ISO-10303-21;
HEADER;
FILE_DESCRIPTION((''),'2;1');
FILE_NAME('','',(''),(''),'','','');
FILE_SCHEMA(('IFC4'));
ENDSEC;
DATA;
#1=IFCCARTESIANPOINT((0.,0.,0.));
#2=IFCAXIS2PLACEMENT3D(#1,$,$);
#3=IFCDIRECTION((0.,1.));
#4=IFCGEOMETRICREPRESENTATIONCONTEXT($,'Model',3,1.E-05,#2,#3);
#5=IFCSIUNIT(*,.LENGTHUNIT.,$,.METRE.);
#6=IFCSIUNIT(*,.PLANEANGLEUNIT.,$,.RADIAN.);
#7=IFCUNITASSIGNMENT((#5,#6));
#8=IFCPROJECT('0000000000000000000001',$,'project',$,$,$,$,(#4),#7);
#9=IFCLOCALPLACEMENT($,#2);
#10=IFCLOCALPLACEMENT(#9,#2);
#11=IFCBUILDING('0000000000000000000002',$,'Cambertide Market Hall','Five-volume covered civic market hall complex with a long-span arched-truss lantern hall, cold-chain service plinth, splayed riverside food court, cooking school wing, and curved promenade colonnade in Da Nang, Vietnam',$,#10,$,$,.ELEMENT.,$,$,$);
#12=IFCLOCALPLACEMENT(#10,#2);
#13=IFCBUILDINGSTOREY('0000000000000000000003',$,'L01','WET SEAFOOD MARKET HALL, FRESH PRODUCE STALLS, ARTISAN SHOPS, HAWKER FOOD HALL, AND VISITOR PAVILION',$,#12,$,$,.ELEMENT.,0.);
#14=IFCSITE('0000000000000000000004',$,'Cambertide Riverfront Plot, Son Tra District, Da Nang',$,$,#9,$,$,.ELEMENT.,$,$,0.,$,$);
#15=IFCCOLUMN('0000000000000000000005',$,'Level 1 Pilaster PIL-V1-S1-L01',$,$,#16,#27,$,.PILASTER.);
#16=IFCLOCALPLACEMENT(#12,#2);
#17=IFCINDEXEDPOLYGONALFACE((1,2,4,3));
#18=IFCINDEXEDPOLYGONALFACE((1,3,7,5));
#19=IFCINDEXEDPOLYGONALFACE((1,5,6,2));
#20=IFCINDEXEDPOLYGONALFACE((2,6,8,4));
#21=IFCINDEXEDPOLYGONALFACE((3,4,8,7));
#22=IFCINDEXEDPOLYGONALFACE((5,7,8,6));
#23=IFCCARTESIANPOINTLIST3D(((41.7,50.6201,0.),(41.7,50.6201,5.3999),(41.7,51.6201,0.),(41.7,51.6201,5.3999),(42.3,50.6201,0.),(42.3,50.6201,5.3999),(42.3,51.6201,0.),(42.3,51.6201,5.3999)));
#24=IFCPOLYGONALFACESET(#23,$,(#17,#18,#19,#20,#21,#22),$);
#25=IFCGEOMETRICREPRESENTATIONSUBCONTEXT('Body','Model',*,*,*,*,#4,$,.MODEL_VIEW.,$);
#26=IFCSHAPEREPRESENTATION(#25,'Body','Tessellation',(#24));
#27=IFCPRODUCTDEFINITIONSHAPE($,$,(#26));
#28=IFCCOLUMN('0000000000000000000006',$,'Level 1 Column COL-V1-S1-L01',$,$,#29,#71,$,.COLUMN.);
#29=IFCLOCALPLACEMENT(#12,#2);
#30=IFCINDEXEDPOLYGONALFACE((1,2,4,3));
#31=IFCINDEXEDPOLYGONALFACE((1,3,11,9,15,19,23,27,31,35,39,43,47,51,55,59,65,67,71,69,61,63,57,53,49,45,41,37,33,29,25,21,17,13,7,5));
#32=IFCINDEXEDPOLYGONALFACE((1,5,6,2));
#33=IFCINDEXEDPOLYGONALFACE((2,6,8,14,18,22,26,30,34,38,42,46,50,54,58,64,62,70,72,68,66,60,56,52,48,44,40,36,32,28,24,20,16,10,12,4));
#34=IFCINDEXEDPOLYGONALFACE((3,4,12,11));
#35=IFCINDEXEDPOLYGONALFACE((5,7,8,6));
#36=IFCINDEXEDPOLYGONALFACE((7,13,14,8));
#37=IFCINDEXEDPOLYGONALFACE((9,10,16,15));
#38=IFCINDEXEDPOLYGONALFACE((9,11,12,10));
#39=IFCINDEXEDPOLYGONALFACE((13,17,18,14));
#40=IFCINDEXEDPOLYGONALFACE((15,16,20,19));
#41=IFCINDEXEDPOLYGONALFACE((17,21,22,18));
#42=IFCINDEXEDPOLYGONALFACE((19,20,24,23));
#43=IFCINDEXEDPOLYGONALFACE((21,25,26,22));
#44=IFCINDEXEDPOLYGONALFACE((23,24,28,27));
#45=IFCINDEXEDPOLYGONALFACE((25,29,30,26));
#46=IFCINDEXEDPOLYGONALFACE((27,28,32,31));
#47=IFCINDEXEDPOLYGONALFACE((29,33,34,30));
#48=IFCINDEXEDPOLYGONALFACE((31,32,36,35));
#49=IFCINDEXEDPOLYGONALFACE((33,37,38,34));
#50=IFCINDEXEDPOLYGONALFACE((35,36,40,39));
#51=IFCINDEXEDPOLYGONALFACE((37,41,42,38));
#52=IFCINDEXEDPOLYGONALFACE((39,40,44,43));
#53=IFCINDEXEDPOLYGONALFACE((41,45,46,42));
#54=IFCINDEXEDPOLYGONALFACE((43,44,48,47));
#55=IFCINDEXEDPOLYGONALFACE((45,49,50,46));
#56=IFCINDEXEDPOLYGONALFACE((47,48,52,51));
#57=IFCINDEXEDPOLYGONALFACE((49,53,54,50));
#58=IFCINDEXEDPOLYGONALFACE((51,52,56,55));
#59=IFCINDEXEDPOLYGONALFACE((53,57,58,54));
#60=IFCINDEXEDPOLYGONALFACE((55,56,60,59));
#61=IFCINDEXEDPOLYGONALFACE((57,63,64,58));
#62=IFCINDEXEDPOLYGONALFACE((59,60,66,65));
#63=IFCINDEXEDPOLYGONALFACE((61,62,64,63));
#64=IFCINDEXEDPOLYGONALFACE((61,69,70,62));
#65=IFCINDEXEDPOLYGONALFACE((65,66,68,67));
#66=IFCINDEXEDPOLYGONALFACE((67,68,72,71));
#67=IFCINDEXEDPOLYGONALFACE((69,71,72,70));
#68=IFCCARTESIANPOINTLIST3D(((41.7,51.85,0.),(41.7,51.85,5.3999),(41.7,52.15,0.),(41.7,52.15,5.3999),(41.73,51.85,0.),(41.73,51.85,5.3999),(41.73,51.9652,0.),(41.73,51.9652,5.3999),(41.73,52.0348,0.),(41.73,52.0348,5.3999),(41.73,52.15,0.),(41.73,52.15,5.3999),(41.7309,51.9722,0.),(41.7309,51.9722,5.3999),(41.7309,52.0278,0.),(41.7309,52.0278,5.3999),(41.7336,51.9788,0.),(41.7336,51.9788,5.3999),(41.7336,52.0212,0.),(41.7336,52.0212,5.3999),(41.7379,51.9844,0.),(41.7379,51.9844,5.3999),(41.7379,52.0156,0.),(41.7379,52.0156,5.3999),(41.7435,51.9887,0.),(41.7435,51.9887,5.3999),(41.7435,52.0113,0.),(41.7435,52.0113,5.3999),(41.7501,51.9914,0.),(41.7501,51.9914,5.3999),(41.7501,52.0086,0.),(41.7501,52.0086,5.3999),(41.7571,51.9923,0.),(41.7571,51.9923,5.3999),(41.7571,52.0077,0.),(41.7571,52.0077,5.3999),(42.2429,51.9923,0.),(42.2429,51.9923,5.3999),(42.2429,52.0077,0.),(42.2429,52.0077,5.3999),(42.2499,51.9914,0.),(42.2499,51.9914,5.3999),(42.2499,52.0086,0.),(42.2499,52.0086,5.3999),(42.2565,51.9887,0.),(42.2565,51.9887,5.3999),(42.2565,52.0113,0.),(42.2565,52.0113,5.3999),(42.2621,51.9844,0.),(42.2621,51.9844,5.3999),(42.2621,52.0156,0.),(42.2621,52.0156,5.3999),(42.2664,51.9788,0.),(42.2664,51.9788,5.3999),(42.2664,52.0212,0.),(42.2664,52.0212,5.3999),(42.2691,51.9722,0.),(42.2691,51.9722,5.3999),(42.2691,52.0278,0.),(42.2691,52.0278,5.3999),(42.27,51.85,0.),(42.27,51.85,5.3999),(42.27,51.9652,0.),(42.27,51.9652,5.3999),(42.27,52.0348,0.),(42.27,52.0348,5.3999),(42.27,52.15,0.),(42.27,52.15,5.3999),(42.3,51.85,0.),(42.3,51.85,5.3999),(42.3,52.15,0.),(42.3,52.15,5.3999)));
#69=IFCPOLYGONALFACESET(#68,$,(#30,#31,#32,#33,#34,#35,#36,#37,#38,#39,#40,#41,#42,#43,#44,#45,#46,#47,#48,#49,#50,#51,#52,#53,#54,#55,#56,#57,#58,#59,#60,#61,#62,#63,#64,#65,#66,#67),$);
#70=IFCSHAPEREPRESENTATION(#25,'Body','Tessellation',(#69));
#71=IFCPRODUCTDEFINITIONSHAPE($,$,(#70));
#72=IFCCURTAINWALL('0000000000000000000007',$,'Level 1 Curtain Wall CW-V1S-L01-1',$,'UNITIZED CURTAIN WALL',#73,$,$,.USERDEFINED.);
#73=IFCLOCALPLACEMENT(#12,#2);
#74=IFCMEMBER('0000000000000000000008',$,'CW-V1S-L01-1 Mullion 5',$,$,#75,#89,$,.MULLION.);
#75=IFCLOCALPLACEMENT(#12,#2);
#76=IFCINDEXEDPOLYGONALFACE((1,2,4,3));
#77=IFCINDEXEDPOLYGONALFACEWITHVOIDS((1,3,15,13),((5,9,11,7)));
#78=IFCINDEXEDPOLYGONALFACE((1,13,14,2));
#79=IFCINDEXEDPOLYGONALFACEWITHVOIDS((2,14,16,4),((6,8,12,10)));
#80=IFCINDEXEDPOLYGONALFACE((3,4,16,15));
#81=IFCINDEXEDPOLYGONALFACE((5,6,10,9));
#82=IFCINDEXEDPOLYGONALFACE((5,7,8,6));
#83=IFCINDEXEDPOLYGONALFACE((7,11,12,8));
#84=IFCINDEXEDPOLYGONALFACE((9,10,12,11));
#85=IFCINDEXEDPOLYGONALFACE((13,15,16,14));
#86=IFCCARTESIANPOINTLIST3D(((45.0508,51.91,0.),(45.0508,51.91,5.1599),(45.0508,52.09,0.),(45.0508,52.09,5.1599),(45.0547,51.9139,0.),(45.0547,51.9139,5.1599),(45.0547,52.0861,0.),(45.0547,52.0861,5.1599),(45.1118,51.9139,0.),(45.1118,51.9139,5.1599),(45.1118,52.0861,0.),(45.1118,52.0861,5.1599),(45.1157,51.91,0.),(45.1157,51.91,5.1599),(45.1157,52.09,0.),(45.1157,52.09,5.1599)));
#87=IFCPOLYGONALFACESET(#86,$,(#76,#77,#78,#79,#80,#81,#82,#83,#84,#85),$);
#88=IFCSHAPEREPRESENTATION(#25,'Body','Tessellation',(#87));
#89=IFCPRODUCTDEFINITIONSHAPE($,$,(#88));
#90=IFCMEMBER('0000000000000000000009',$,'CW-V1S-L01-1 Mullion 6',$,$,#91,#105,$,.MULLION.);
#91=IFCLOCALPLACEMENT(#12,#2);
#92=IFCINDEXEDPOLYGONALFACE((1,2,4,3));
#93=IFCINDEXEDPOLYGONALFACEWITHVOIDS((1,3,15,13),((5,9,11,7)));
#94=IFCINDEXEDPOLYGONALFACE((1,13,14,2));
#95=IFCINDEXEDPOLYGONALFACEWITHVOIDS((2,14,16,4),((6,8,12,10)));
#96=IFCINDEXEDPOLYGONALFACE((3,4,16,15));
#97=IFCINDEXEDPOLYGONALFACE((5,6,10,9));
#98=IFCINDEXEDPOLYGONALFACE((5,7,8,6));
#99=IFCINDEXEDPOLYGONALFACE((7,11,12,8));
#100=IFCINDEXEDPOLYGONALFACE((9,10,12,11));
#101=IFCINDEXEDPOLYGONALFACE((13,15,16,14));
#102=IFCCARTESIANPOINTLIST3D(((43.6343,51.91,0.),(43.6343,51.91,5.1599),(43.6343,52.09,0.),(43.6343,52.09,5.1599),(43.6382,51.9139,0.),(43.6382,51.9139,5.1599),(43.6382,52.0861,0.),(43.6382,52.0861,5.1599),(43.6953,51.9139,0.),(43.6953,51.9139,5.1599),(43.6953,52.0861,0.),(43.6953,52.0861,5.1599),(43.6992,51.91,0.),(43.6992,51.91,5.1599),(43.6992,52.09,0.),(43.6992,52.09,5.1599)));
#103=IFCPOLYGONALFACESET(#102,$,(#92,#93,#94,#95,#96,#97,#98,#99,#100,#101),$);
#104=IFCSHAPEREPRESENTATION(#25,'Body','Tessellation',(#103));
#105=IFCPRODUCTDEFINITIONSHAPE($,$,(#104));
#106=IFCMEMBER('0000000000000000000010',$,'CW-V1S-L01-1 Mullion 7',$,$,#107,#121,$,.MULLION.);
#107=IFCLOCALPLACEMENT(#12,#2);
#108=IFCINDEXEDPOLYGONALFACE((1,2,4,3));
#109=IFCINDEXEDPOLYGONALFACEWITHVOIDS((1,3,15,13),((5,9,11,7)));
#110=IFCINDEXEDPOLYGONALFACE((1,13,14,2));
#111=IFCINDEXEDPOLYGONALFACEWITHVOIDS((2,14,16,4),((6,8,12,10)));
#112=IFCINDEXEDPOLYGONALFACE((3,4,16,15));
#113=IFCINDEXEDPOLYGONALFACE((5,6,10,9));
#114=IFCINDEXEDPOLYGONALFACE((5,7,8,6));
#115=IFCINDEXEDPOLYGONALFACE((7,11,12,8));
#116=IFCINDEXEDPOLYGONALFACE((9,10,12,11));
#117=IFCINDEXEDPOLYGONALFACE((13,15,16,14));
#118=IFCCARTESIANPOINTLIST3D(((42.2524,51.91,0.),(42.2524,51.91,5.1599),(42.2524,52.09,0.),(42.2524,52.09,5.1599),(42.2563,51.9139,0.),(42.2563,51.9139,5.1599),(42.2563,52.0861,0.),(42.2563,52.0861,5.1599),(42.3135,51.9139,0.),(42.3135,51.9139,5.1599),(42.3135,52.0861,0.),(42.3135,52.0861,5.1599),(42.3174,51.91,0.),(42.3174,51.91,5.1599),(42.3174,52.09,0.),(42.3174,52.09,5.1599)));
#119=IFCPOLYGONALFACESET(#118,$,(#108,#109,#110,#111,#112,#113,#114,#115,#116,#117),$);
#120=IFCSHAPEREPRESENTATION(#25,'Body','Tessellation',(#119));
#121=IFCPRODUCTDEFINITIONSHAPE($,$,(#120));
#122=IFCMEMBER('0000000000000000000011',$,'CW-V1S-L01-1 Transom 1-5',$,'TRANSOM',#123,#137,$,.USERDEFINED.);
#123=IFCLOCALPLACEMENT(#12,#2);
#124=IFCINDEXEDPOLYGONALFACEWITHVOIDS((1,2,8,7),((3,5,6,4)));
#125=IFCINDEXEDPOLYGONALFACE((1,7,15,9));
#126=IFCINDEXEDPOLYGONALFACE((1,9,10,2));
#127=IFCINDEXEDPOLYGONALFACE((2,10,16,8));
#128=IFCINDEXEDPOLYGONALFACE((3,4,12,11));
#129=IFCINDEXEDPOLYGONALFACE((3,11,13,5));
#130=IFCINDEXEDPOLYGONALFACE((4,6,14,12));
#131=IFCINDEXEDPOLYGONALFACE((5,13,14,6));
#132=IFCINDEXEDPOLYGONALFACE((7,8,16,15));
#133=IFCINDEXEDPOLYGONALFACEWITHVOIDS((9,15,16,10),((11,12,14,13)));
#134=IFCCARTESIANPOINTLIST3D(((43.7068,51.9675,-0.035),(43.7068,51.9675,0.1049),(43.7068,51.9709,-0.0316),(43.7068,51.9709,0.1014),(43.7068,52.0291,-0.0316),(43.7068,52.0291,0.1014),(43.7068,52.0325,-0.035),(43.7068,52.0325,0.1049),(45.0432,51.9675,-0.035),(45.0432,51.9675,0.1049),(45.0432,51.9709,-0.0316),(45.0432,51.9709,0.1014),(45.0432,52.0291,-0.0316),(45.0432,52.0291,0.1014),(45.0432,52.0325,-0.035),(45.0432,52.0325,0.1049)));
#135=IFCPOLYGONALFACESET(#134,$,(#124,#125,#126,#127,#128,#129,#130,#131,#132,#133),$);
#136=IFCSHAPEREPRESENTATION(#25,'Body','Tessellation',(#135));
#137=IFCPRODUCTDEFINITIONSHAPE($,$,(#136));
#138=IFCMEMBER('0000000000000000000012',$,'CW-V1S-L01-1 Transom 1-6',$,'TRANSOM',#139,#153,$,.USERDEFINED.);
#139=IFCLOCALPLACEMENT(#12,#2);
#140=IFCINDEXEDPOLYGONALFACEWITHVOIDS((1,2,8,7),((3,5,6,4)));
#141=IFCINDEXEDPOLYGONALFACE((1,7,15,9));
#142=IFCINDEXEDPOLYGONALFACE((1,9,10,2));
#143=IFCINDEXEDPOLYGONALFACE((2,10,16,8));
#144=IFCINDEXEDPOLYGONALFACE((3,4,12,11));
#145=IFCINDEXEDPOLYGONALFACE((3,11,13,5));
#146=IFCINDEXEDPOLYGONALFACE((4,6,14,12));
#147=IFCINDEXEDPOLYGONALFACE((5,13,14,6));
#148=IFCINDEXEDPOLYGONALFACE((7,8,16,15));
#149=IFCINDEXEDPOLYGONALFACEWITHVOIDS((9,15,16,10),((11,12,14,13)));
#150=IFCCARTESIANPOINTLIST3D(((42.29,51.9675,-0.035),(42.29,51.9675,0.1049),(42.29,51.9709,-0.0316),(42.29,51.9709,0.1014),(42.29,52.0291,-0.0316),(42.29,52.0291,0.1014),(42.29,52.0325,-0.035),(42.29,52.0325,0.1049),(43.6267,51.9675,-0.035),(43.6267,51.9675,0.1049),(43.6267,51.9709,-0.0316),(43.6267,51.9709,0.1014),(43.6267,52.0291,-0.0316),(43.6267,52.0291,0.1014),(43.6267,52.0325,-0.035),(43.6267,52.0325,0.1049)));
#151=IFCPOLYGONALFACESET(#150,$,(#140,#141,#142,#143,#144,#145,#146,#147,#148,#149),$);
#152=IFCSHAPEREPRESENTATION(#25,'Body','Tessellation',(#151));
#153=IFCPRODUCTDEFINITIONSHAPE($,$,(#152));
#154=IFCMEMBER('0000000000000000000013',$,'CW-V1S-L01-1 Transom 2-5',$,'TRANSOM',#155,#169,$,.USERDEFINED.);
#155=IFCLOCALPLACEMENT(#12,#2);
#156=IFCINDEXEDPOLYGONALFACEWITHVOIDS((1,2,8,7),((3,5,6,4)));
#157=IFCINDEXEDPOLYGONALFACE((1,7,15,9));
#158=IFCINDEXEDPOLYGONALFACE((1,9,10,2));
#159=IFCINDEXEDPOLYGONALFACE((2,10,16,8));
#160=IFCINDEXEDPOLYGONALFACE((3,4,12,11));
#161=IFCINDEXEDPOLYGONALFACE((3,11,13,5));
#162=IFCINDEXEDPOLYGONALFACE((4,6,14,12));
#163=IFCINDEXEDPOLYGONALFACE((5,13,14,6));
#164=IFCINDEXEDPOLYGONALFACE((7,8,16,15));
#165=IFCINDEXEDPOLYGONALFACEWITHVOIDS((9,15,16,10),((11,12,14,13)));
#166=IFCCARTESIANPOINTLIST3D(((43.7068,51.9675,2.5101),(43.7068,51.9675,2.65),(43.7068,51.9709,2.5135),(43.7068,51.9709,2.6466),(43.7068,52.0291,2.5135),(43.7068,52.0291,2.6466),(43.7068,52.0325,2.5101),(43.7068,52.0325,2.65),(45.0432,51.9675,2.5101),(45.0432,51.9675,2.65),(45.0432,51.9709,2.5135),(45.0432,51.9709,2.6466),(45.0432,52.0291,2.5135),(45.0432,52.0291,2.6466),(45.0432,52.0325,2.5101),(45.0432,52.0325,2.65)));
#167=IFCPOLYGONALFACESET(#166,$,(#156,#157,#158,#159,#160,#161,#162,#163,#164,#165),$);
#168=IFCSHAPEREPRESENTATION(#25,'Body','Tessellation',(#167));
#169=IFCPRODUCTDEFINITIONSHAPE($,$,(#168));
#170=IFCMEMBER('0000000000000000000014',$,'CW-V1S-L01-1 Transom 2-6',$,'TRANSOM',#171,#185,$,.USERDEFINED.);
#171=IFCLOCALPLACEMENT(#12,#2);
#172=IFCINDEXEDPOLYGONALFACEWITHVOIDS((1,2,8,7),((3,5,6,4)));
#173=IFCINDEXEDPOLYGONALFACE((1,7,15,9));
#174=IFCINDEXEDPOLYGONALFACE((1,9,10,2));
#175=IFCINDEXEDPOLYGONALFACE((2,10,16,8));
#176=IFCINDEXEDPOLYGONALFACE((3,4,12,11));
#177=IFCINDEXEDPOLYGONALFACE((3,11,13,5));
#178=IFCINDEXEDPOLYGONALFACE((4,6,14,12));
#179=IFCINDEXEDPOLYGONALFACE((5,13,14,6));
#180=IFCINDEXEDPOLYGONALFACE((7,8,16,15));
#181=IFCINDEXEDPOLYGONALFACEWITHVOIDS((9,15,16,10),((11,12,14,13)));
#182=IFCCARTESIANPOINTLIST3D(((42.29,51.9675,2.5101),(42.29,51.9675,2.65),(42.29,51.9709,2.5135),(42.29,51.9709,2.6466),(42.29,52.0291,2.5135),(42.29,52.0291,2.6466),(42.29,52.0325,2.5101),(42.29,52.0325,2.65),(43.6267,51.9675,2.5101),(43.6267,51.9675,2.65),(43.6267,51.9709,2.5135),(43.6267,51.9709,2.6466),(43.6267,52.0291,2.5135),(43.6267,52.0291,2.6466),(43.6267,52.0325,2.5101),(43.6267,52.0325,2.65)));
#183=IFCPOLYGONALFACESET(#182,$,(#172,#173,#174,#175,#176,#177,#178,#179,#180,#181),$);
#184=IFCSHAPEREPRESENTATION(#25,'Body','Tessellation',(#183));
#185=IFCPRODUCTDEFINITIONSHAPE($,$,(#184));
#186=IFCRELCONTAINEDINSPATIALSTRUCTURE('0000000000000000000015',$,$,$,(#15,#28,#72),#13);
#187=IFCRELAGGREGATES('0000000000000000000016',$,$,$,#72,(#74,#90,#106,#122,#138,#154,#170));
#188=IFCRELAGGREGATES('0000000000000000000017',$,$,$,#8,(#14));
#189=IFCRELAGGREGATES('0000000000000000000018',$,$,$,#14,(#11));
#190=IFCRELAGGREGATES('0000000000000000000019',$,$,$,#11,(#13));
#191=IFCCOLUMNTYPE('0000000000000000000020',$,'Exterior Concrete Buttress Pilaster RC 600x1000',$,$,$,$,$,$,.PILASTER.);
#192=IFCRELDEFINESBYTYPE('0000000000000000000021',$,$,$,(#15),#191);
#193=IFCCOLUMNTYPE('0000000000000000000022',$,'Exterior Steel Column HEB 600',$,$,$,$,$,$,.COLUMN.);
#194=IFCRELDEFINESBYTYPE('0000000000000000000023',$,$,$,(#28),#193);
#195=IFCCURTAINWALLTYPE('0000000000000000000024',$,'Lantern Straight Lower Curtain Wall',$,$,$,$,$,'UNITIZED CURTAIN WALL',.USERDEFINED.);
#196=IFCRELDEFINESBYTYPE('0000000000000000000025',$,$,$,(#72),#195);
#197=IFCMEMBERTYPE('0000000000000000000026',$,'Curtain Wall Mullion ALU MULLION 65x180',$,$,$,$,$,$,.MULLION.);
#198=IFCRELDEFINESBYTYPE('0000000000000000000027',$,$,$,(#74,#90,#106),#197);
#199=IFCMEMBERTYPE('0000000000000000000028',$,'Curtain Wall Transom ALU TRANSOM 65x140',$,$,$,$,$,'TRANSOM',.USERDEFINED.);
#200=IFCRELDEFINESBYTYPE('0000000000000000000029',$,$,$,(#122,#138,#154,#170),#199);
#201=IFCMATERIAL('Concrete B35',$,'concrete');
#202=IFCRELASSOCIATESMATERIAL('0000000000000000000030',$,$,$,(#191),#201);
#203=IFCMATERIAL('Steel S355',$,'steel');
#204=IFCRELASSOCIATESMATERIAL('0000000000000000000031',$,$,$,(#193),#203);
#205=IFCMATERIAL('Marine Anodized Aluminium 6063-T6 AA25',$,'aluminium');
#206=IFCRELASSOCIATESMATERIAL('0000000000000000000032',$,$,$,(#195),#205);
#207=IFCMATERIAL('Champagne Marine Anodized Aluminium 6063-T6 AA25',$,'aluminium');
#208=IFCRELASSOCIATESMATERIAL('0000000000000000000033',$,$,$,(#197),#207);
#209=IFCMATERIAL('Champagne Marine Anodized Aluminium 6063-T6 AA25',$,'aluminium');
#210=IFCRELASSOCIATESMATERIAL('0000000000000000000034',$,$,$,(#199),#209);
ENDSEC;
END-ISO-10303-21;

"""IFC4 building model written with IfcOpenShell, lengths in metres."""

from ifc_helpers import new_model, si_unit, direction, frame, origin, origin_2d, place, context, subcontext, project, spatial, rectangle, hollow_rectangle, i_section, extrude, material, material_profile, profile_set, type_object, element, aggregate, save


model = new_model("IFC4")

# Units and contexts
model_context = context("Model", 3, precision=1e-05, world=origin(), true_north=direction((0.0, 1.0)))
body_context = subcontext(model_context, "Body", "Model", "MODEL_VIEW")
ifc_project = project(units=[si_unit("LENGTHUNIT", "METRE"), si_unit("PLANEANGLEUNIT", "RADIAN")], contexts=[model_context])

# Site, building, storey
site_placement = place(None, origin())
site = spatial("IfcSite", under=ifc_project, at=site_placement, Name="Cambertide Riverfront Plot, Son Tra District, Da Nang", CompositionType="ELEMENT", RefElevation=0.0)
building_placement = place(site_placement, origin())
building = spatial("IfcBuilding", under=site, at=building_placement, Name="Cambertide Market Hall", Description="Five-volume covered civic market hall complex with a long-span arched-truss lantern hall, cold-chain service plinth, splayed riverside food court, cooking school wing, and curved promenade colonnade in Da Nang, Vietnam", CompositionType="ELEMENT")
storey_placement = place(building_placement, origin())
storey = spatial("IfcBuildingStorey", under=building, at=storey_placement, Name="L01", Description="WET SEAFOOD MARKET HALL, FRESH PRODUCE STALLS, ARTISAN SHOPS, HAWKER FOOD HALL, AND VISITOR PAVILION", CompositionType="ELEMENT", Elevation=0.0)

# Columns
ifc_material_1 = material(Name="Concrete B35", Category="concrete")
ifc_material_profile_1 = material_profile(ifc_material_1, rectangle(XDim=0.6001, YDim=1.0, at=origin_2d()), Name="RC 600x1000")
ifc_profile_set_1 = profile_set([ifc_material_profile_1], Name="Concrete B35")
column_type_1 = type_object("IfcColumnType", Name="Exterior Concrete Buttress Pilaster RC 600x1000", PredefinedType="PILASTER", material=ifc_profile_set_1)
column_1_placement = place(storey_placement, frame((42.0, 51.1201, 0.0), z_axis=(0.0, 0.0, 1.0), x_axis=(1.0, 0.0, 0.0)))
element("IfcColumn", 1, at=column_1_placement, inside=storey, type_object=column_type_1, Name="Level 1 Pilaster PIL-V1-S1-L01", PredefinedType="PILASTER", context=body_context, shape_type="SweptSolid", body=[
    extrude(rectangle(XDim=0.6001, YDim=1.0, at=origin_2d()), origin(), (0.0, 0.0, 1.0), 5.3999),
])
ifc_material_2 = material(Name="Steel S355", Category="steel")
ifc_material_profile_2 = material_profile(ifc_material_2, i_section(OverallWidth=0.3, OverallDepth=0.6001, WebThickness=0.0154, FlangeThickness=0.03, FilletRadius=0.0271, at=origin_2d()), Name="HEB 600")
ifc_profile_set_2 = profile_set([ifc_material_profile_2], Name="Steel S355")
column_type_2 = type_object("IfcColumnType", Name="Exterior Steel Column HEB 600", PredefinedType="COLUMN", material=ifc_profile_set_2)
column_2_placement = place(storey_placement, frame((42.0, 52.0, 0.0), z_axis=(0.0, 0.0, 1.0), x_axis=(0.0, 1.0, 0.0)))
element("IfcColumn", 2, at=column_2_placement, inside=storey, type_object=column_type_2, Name="Level 1 Column COL-V1-S1-L01", PredefinedType="COLUMN", context=body_context, shape_type="SweptSolid", body=[
    extrude(i_section(OverallWidth=0.3, OverallDepth=0.6001, WebThickness=0.0154, FlangeThickness=0.03, FilletRadius=0.0271, at=origin_2d()), origin(), (0.0, 0.0, 1.0), 5.3999),
])

# Curtain wall, members
ifc_material_3 = material(Name="Marine Anodized Aluminium 6063-T6 AA25", Category="aluminium")
curtain_wall_type = type_object("IfcCurtainWallType", Name="Lantern Straight Lower Curtain Wall", ElementType="UNITIZED CURTAIN WALL", PredefinedType="USERDEFINED", material=ifc_material_3)
curtain_wall_placement = place(storey_placement, origin())
curtain_wall = element("IfcCurtainWall", 3, at=curtain_wall_placement, inside=storey, type_object=curtain_wall_type, Name="Level 1 Curtain Wall CW-V1S-L01-1", ObjectType="UNITIZED CURTAIN WALL", PredefinedType="USERDEFINED")
ifc_material_4 = material(Name="Champagne Marine Anodized Aluminium 6063-T6 AA25", Category="aluminium")
ifc_material_profile_3 = material_profile(ifc_material_4, hollow_rectangle(XDim=0.0649, YDim=0.1799, WallThickness=0.0039, at=origin_2d()), Name="ALU MULLION 65x180")
ifc_profile_set_3 = profile_set([ifc_material_profile_3], Name="Champagne Marine Anodized Aluminium 6063-T6 AA25")
member_type_1 = type_object("IfcMemberType", Name="Curtain Wall Mullion ALU MULLION 65x180", PredefinedType="MULLION", material=ifc_profile_set_3)
member_1_placement = place(storey_placement, frame((45.0833, 52.0, 0.0), z_axis=(0.0, 0.0, 1.0), x_axis=(-1.0, 0.0, 0.0)))
member_1 = element("IfcMember", 4, at=member_1_placement, type_object=member_type_1, Name="CW-V1S-L01-1 Mullion 5", PredefinedType="MULLION", context=body_context, shape_type="SweptSolid", body=[
    extrude(hollow_rectangle(XDim=0.0649, YDim=0.1799, WallThickness=0.0039, at=origin_2d()), origin(), (0.0, 0.0, 1.0), 5.1599),
])
member_2_placement = place(storey_placement, frame((43.6667, 52.0, 0.0), z_axis=(0.0, 0.0, 1.0), x_axis=(-1.0, 0.0, 0.0)))
member_2 = element("IfcMember", 5, at=member_2_placement, type_object=member_type_1, Name="CW-V1S-L01-1 Mullion 6", PredefinedType="MULLION", context=body_context, shape_type="SweptSolid", body=[
    extrude(hollow_rectangle(XDim=0.0649, YDim=0.1799, WallThickness=0.0039, at=origin_2d()), origin(), (0.0, 0.0, 1.0), 5.1599),
])
member_3_placement = place(storey_placement, frame((42.2849, 52.0, 0.0), z_axis=(0.0, 0.0, 1.0), x_axis=(-1.0, 0.0, 0.0)))
member_3 = element("IfcMember", 6, at=member_3_placement, type_object=member_type_1, Name="CW-V1S-L01-1 Mullion 7", PredefinedType="MULLION", context=body_context, shape_type="SweptSolid", body=[
    extrude(hollow_rectangle(XDim=0.0649, YDim=0.1799, WallThickness=0.0039, at=origin_2d()), origin(), (0.0, 0.0, 1.0), 5.1599),
])
ifc_material_5 = material(Name="Champagne Marine Anodized Aluminium 6063-T6 AA25", Category="aluminium")
ifc_material_profile_4 = material_profile(ifc_material_5, hollow_rectangle(XDim=0.0649, YDim=0.1399, WallThickness=0.0034, at=origin_2d()), Name="ALU TRANSOM 65x140")
ifc_profile_set_4 = profile_set([ifc_material_profile_4], Name="Champagne Marine Anodized Aluminium 6063-T6 AA25")
member_type_2 = type_object("IfcMemberType", Name="Curtain Wall Transom ALU TRANSOM 65x140", ElementType="TRANSOM", PredefinedType="USERDEFINED", material=ifc_profile_set_4)
member_4_placement = place(storey_placement, frame((45.0432, 52.0, 0.0349), z_axis=(-1.0, 0.0, 0.0), x_axis=(0.0, -1.0, 0.0)))
member_4 = element("IfcMember", 7, at=member_4_placement, type_object=member_type_2, Name="CW-V1S-L01-1 Transom 1-5", ObjectType="TRANSOM", PredefinedType="USERDEFINED", context=body_context, shape_type="SweptSolid", body=[
    extrude(hollow_rectangle(XDim=0.0649, YDim=0.1399, WallThickness=0.0034, at=origin_2d()), origin(), (0.0, 0.0, 1.0), 1.3364),
])
member_5_placement = place(storey_placement, frame((43.6267, 52.0, 0.0349), z_axis=(-1.0, 0.0, 0.0), x_axis=(0.0, -1.0, 0.0)))
member_5 = element("IfcMember", 8, at=member_5_placement, type_object=member_type_2, Name="CW-V1S-L01-1 Transom 1-6", ObjectType="TRANSOM", PredefinedType="USERDEFINED", context=body_context, shape_type="SweptSolid", body=[
    extrude(hollow_rectangle(XDim=0.0649, YDim=0.1399, WallThickness=0.0034, at=origin_2d()), origin(), (0.0, 0.0, 1.0), 1.3367),
])
member_6_placement = place(storey_placement, frame((45.0432, 52.0, 2.5801), z_axis=(-1.0, 0.0, 0.0), x_axis=(0.0, -1.0, 0.0)))
member_6 = element("IfcMember", 9, at=member_6_placement, type_object=member_type_2, Name="CW-V1S-L01-1 Transom 2-5", ObjectType="TRANSOM", PredefinedType="USERDEFINED", context=body_context, shape_type="SweptSolid", body=[
    extrude(hollow_rectangle(XDim=0.0649, YDim=0.1399, WallThickness=0.0034, at=origin_2d()), origin(), (0.0, 0.0, 1.0), 1.3364),
])
member_7_placement = place(storey_placement, frame((43.6267, 52.0, 2.5801), z_axis=(-1.0, 0.0, 0.0), x_axis=(0.0, -1.0, 0.0)))
member_7 = element("IfcMember", 10, at=member_7_placement, type_object=member_type_2, Name="CW-V1S-L01-1 Transom 2-6", ObjectType="TRANSOM", PredefinedType="USERDEFINED", context=body_context, shape_type="SweptSolid", body=[
    extrude(hollow_rectangle(XDim=0.0649, YDim=0.1399, WallThickness=0.0034, at=origin_2d()), origin(), (0.0, 0.0, 1.0), 1.3367),
])

aggregate(curtain_wall, [member_1, member_2, member_3, member_4, member_5, member_6, member_7])

save(model, "model.ifc")
